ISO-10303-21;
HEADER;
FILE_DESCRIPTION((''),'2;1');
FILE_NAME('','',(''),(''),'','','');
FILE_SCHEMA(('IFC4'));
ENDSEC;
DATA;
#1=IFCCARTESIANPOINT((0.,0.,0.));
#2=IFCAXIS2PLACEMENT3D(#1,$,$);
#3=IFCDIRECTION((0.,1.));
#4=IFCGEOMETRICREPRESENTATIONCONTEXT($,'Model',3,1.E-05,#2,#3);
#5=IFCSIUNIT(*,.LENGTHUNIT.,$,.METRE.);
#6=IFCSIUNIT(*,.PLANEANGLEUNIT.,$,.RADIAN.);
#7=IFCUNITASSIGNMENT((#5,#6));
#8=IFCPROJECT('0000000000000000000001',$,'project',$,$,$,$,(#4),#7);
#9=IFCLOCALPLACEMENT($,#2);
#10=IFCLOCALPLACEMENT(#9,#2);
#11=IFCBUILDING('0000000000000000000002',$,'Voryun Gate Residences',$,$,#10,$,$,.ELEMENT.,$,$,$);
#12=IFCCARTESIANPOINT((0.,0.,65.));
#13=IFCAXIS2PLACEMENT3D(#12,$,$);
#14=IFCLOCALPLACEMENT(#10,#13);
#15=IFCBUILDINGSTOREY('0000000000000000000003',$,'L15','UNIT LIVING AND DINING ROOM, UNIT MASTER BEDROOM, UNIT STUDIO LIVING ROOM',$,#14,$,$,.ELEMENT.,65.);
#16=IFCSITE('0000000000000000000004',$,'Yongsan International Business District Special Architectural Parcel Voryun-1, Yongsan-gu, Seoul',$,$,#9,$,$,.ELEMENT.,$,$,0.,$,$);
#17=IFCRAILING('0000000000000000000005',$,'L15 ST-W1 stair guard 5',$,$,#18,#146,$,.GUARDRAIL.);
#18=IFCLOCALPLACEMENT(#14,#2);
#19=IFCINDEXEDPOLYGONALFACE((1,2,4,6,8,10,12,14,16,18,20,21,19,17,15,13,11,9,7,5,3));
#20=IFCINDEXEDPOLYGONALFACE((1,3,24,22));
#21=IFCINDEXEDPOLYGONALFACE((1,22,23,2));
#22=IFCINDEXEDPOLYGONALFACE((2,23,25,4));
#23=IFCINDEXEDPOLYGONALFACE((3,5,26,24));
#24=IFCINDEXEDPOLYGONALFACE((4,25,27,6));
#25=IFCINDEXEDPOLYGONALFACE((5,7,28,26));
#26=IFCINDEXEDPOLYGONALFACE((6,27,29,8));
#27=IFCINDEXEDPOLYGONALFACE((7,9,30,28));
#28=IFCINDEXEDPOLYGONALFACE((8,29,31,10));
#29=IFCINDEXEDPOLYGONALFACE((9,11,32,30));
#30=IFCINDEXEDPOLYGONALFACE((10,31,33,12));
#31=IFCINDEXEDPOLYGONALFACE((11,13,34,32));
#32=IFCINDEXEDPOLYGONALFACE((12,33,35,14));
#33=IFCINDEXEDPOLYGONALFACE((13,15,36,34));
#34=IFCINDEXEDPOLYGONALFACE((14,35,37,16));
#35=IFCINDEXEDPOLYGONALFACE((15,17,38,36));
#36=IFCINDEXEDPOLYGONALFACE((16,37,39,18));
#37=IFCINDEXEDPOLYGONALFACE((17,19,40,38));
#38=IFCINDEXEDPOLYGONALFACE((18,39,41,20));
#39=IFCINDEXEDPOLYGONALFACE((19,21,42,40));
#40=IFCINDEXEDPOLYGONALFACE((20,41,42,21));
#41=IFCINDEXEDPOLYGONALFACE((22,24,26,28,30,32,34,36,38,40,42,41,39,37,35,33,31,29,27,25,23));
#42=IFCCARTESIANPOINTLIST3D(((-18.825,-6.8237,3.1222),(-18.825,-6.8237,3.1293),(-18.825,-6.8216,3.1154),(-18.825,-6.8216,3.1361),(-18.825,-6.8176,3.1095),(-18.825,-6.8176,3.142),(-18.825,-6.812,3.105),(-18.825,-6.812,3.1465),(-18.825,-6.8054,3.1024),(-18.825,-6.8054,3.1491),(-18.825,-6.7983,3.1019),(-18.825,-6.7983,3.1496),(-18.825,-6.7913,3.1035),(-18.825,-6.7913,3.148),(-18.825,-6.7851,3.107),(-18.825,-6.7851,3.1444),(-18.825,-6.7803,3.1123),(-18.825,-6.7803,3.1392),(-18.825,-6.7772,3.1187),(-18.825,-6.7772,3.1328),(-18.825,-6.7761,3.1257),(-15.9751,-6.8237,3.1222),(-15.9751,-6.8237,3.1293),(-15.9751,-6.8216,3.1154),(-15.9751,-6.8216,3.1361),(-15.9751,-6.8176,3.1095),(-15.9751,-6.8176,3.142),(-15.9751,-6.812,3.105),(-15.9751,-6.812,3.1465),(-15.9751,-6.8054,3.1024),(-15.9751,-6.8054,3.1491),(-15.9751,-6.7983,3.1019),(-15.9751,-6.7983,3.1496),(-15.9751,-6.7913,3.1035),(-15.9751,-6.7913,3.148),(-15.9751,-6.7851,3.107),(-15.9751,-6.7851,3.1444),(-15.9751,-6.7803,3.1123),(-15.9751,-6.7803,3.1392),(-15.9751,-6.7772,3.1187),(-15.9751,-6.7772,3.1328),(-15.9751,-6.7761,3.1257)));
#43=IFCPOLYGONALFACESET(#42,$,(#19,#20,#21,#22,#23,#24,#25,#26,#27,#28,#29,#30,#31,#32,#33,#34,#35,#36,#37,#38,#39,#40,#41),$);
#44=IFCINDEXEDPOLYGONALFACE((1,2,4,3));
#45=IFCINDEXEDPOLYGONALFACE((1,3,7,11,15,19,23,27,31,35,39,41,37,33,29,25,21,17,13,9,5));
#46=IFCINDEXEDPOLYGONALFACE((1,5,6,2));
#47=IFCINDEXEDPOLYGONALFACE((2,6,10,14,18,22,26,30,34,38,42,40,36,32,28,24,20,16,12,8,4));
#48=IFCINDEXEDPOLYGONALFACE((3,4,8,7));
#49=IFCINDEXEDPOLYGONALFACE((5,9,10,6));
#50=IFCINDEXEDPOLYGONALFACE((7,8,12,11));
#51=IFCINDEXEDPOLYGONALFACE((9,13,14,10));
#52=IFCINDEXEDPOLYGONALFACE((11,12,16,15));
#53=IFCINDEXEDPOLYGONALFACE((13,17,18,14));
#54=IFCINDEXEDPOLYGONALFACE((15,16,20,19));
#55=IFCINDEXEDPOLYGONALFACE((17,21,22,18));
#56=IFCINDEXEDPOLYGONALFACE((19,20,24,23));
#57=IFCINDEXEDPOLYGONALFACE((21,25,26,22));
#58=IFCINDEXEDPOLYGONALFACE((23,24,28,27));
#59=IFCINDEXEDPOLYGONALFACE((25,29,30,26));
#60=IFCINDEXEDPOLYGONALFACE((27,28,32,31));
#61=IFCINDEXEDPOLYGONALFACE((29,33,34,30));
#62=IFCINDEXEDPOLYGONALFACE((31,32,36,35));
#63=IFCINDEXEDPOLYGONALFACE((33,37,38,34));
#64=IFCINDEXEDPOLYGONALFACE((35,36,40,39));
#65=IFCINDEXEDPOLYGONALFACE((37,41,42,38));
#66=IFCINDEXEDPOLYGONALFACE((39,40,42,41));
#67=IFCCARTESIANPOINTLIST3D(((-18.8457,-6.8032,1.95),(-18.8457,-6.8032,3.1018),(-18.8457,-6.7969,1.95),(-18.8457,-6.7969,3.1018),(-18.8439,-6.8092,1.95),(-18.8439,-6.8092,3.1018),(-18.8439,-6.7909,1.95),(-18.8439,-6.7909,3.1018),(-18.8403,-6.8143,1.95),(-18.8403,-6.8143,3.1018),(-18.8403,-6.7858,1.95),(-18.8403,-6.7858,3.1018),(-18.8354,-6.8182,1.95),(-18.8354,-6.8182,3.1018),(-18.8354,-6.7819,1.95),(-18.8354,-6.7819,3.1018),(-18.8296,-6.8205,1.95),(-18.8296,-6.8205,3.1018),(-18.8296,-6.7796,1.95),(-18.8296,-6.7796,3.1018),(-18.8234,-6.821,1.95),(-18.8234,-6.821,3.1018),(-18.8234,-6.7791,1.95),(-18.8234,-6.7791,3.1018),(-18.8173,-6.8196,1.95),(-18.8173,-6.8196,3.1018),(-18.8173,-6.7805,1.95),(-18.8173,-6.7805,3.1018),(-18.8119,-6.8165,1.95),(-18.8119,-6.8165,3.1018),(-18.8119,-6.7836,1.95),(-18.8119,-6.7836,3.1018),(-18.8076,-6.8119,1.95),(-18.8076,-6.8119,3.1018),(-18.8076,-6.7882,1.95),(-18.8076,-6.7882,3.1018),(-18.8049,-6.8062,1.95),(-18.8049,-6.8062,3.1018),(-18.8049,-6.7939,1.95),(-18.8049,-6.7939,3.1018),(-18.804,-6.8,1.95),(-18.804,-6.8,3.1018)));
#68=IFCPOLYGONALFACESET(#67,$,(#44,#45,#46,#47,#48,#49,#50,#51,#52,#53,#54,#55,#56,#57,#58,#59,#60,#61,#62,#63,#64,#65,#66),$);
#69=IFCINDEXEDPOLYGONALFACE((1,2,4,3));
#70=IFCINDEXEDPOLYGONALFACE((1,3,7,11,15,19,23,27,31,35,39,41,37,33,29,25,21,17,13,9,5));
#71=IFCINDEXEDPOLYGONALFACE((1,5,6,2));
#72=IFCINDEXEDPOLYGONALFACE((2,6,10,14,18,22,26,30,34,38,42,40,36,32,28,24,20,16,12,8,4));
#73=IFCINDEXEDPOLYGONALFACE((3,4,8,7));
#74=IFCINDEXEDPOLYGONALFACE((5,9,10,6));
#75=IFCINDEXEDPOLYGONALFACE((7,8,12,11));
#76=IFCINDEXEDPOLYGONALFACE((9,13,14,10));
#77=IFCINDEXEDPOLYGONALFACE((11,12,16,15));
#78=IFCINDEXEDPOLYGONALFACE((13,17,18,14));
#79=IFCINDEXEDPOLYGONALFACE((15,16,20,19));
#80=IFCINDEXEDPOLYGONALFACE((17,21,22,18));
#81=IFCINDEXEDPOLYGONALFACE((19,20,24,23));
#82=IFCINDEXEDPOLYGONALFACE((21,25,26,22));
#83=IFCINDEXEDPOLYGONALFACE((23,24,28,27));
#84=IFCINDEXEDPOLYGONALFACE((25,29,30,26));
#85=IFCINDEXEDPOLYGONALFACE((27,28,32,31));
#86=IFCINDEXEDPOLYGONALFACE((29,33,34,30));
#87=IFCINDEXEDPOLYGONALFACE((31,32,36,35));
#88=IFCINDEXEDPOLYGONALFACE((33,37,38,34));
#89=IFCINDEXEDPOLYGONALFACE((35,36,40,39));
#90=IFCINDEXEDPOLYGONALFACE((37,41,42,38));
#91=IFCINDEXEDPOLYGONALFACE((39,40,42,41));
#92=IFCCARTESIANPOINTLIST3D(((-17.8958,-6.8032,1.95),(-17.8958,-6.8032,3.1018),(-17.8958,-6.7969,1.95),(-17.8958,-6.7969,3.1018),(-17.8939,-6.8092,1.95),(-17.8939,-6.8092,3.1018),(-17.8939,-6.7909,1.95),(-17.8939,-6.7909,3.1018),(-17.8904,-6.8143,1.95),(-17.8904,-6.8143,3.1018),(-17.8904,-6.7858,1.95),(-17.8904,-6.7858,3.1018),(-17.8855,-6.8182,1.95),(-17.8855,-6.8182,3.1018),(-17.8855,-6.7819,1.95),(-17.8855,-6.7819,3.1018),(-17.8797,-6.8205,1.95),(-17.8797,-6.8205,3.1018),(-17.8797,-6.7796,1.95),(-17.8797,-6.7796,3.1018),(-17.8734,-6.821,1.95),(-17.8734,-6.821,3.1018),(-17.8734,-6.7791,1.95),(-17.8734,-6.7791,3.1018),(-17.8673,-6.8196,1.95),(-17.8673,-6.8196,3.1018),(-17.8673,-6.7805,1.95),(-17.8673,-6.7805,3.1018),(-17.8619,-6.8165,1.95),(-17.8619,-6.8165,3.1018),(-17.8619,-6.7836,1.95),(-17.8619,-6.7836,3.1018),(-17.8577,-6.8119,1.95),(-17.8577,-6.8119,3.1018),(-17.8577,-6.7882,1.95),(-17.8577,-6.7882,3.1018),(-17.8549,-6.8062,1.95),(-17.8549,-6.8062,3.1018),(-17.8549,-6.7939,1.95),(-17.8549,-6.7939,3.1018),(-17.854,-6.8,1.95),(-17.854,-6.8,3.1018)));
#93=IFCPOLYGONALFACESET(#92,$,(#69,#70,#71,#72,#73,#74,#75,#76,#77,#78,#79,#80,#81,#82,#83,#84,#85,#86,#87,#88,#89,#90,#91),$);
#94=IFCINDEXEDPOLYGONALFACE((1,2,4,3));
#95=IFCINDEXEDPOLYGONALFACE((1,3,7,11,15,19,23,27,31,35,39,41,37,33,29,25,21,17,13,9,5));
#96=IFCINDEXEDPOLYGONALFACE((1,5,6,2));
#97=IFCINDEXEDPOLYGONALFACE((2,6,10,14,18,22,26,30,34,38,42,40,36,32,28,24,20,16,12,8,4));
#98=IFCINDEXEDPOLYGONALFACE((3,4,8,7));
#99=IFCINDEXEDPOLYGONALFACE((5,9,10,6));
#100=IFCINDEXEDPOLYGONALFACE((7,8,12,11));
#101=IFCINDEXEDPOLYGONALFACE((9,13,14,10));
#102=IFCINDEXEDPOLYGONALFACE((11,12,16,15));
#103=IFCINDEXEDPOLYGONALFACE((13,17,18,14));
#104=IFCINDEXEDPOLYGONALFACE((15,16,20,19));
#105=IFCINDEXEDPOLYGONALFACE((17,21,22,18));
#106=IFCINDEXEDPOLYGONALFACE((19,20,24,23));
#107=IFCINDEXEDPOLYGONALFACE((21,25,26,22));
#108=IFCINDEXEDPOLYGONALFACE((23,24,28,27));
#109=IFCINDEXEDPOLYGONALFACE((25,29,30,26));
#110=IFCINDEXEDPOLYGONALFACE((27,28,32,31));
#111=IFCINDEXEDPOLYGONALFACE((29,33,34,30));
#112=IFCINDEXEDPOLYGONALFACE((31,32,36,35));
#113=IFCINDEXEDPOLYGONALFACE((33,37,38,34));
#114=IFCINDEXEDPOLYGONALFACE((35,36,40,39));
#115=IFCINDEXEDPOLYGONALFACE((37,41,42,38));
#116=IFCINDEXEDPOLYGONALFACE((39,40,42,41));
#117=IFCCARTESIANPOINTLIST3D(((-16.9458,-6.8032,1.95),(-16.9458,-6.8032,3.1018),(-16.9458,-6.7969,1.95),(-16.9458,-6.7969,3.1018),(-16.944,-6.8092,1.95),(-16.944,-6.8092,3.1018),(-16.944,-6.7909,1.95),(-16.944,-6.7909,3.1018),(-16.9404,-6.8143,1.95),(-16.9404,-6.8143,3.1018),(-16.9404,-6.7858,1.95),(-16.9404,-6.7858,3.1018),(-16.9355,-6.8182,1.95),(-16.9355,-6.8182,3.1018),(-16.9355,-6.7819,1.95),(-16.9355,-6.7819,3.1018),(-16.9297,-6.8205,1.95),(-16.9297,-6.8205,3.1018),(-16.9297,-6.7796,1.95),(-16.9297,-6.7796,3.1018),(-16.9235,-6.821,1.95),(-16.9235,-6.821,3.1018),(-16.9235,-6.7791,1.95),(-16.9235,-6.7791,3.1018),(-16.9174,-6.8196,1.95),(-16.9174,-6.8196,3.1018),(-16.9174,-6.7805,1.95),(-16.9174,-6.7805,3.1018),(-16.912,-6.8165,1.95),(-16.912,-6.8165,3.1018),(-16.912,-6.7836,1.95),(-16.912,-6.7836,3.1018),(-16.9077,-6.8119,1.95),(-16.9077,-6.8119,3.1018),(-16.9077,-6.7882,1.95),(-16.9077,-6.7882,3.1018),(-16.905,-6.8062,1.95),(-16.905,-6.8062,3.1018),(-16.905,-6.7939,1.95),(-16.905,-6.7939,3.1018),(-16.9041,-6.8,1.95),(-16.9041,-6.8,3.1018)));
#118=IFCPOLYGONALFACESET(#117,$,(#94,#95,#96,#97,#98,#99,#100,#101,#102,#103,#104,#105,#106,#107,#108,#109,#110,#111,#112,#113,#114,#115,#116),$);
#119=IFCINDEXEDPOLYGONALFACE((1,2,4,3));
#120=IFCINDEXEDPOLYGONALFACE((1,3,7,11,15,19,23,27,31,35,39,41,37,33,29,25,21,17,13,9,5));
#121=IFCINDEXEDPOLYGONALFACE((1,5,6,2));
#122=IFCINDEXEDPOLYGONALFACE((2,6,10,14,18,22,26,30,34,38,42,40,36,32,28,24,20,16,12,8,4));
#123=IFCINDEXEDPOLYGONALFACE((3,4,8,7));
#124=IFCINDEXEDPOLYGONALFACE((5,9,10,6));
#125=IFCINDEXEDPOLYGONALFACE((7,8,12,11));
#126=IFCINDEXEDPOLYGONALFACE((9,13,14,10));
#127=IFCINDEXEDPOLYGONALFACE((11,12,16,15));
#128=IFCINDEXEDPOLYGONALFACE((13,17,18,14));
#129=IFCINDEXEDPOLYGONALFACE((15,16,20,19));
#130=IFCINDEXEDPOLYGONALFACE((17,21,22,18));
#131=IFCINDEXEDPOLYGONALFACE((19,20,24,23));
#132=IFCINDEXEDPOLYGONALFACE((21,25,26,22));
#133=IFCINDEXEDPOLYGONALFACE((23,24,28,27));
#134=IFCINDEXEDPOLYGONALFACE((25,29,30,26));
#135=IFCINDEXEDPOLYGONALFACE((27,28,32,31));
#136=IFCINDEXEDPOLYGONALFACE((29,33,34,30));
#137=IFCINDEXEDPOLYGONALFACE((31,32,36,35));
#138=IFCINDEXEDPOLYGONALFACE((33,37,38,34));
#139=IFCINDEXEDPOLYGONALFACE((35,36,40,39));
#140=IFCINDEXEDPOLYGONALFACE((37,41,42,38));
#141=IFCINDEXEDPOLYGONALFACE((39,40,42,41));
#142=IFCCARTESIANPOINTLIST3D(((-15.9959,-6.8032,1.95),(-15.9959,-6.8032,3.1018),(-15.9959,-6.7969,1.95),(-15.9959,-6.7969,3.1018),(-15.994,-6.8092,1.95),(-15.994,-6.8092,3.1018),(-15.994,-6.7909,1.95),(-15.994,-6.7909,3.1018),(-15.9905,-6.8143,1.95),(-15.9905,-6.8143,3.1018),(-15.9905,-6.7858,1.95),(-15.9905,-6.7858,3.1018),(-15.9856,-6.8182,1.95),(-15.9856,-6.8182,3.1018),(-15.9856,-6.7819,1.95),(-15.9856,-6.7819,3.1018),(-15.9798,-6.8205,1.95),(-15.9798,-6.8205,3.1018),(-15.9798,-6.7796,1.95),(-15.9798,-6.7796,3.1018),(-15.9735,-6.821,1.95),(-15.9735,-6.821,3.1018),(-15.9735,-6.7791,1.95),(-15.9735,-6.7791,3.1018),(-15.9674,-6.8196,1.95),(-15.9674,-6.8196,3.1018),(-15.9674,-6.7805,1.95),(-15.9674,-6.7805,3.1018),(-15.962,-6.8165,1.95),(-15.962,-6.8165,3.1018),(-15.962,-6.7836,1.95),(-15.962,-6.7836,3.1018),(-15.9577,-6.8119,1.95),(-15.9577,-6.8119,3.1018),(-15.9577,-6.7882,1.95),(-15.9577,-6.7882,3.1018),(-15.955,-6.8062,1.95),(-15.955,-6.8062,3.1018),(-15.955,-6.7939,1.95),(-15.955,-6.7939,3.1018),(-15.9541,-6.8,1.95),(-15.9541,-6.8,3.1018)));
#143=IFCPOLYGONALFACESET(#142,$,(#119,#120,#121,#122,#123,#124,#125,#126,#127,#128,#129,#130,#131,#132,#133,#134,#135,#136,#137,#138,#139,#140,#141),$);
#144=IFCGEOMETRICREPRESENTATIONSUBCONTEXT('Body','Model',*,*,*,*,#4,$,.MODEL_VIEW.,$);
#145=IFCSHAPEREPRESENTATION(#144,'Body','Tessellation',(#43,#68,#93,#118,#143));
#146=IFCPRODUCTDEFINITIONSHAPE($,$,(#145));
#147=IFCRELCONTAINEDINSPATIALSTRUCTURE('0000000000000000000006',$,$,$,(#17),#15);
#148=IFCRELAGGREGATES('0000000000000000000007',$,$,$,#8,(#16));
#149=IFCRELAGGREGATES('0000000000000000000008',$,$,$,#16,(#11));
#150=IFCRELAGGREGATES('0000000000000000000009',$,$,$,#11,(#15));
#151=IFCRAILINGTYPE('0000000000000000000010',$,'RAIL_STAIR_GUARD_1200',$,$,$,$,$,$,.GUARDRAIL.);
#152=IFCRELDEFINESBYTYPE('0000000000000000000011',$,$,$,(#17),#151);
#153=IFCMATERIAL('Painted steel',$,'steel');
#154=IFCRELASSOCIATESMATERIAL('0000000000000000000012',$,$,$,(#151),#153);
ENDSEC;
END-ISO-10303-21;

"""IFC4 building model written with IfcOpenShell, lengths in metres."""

from ifc_helpers import new_model, si_unit, direction, frame, origin, origin_2d, place, context, subcontext, project, spatial, circle, extrude, material, type_object, element, save


model = new_model("IFC4")

# Units and contexts
model_context = context("Model", 3, precision=1e-05, world=origin(), true_north=direction((0.0, 1.0)))
body_context = subcontext(model_context, "Body", "Model", "MODEL_VIEW")
ifc_project = project(units=[si_unit("LENGTHUNIT", "METRE"), si_unit("PLANEANGLEUNIT", "RADIAN")], contexts=[model_context])

# Site, building, storey
site_placement = place(None, origin())
site = spatial("IfcSite", under=ifc_project, at=site_placement, Name="Yongsan International Business District Special Architectural Parcel Voryun-1, Yongsan-gu, Seoul", CompositionType="ELEMENT", RefElevation=0.0)
building_placement = place(site_placement, origin())
building = spatial("IfcBuilding", under=site, at=building_placement, Name="Voryun Gate Residences", CompositionType="ELEMENT")
storey_placement = place(building_placement, frame((0.0, 0.0, 65.0)))
storey = spatial("IfcBuildingStorey", under=building, at=storey_placement, Name="L15", Description="UNIT LIVING AND DINING ROOM, UNIT MASTER BEDROOM, UNIT STUDIO LIVING ROOM", CompositionType="ELEMENT", Elevation=65.0)

# Railing
ifc_material_1 = material(Name="Painted steel", Category="steel")
railing_type_1 = type_object("IfcRailingType", Name="RAIL_STAIR_GUARD_1200", PredefinedType="GUARDRAIL", material=ifc_material_1)
railing_1_placement = place(storey_placement, frame((-18.825, -6.8, 1.95)))
element("IfcRailing", 1, at=railing_1_placement, inside=storey, type_object=railing_type_1, Name="L15 ST-W1 stair guard 5", PredefinedType="GUARDRAIL", context=body_context, shape_type="SweptSolid", body=[
    extrude(circle(Radius=0.0239, at=origin_2d()), frame((0.0, 0.0, 1.1758), z_axis=(1.0, 0.0, 0.0), x_axis=(0.0, 1.0, 0.0)), (0.0, 0.0, 1.0), 2.8499),
    extrude(circle(Radius=0.021, at=origin_2d()), origin(), (0.0, 0.0, 1.0), 1.1519),
    extrude(circle(Radius=0.021, at=origin_2d()), frame((0.95, 0.0, 0.0)), (0.0, 0.0, 1.0), 1.1519),
    extrude(circle(Radius=0.021, at=origin_2d()), frame((1.8999, 0.0, 0.0)), (0.0, 0.0, 1.0), 1.1519),
    extrude(circle(Radius=0.021, at=origin_2d()), frame((2.8499, 0.0, 0.0)), (0.0, 0.0, 1.0), 1.1519),
])

save(model, "model.ifc")
